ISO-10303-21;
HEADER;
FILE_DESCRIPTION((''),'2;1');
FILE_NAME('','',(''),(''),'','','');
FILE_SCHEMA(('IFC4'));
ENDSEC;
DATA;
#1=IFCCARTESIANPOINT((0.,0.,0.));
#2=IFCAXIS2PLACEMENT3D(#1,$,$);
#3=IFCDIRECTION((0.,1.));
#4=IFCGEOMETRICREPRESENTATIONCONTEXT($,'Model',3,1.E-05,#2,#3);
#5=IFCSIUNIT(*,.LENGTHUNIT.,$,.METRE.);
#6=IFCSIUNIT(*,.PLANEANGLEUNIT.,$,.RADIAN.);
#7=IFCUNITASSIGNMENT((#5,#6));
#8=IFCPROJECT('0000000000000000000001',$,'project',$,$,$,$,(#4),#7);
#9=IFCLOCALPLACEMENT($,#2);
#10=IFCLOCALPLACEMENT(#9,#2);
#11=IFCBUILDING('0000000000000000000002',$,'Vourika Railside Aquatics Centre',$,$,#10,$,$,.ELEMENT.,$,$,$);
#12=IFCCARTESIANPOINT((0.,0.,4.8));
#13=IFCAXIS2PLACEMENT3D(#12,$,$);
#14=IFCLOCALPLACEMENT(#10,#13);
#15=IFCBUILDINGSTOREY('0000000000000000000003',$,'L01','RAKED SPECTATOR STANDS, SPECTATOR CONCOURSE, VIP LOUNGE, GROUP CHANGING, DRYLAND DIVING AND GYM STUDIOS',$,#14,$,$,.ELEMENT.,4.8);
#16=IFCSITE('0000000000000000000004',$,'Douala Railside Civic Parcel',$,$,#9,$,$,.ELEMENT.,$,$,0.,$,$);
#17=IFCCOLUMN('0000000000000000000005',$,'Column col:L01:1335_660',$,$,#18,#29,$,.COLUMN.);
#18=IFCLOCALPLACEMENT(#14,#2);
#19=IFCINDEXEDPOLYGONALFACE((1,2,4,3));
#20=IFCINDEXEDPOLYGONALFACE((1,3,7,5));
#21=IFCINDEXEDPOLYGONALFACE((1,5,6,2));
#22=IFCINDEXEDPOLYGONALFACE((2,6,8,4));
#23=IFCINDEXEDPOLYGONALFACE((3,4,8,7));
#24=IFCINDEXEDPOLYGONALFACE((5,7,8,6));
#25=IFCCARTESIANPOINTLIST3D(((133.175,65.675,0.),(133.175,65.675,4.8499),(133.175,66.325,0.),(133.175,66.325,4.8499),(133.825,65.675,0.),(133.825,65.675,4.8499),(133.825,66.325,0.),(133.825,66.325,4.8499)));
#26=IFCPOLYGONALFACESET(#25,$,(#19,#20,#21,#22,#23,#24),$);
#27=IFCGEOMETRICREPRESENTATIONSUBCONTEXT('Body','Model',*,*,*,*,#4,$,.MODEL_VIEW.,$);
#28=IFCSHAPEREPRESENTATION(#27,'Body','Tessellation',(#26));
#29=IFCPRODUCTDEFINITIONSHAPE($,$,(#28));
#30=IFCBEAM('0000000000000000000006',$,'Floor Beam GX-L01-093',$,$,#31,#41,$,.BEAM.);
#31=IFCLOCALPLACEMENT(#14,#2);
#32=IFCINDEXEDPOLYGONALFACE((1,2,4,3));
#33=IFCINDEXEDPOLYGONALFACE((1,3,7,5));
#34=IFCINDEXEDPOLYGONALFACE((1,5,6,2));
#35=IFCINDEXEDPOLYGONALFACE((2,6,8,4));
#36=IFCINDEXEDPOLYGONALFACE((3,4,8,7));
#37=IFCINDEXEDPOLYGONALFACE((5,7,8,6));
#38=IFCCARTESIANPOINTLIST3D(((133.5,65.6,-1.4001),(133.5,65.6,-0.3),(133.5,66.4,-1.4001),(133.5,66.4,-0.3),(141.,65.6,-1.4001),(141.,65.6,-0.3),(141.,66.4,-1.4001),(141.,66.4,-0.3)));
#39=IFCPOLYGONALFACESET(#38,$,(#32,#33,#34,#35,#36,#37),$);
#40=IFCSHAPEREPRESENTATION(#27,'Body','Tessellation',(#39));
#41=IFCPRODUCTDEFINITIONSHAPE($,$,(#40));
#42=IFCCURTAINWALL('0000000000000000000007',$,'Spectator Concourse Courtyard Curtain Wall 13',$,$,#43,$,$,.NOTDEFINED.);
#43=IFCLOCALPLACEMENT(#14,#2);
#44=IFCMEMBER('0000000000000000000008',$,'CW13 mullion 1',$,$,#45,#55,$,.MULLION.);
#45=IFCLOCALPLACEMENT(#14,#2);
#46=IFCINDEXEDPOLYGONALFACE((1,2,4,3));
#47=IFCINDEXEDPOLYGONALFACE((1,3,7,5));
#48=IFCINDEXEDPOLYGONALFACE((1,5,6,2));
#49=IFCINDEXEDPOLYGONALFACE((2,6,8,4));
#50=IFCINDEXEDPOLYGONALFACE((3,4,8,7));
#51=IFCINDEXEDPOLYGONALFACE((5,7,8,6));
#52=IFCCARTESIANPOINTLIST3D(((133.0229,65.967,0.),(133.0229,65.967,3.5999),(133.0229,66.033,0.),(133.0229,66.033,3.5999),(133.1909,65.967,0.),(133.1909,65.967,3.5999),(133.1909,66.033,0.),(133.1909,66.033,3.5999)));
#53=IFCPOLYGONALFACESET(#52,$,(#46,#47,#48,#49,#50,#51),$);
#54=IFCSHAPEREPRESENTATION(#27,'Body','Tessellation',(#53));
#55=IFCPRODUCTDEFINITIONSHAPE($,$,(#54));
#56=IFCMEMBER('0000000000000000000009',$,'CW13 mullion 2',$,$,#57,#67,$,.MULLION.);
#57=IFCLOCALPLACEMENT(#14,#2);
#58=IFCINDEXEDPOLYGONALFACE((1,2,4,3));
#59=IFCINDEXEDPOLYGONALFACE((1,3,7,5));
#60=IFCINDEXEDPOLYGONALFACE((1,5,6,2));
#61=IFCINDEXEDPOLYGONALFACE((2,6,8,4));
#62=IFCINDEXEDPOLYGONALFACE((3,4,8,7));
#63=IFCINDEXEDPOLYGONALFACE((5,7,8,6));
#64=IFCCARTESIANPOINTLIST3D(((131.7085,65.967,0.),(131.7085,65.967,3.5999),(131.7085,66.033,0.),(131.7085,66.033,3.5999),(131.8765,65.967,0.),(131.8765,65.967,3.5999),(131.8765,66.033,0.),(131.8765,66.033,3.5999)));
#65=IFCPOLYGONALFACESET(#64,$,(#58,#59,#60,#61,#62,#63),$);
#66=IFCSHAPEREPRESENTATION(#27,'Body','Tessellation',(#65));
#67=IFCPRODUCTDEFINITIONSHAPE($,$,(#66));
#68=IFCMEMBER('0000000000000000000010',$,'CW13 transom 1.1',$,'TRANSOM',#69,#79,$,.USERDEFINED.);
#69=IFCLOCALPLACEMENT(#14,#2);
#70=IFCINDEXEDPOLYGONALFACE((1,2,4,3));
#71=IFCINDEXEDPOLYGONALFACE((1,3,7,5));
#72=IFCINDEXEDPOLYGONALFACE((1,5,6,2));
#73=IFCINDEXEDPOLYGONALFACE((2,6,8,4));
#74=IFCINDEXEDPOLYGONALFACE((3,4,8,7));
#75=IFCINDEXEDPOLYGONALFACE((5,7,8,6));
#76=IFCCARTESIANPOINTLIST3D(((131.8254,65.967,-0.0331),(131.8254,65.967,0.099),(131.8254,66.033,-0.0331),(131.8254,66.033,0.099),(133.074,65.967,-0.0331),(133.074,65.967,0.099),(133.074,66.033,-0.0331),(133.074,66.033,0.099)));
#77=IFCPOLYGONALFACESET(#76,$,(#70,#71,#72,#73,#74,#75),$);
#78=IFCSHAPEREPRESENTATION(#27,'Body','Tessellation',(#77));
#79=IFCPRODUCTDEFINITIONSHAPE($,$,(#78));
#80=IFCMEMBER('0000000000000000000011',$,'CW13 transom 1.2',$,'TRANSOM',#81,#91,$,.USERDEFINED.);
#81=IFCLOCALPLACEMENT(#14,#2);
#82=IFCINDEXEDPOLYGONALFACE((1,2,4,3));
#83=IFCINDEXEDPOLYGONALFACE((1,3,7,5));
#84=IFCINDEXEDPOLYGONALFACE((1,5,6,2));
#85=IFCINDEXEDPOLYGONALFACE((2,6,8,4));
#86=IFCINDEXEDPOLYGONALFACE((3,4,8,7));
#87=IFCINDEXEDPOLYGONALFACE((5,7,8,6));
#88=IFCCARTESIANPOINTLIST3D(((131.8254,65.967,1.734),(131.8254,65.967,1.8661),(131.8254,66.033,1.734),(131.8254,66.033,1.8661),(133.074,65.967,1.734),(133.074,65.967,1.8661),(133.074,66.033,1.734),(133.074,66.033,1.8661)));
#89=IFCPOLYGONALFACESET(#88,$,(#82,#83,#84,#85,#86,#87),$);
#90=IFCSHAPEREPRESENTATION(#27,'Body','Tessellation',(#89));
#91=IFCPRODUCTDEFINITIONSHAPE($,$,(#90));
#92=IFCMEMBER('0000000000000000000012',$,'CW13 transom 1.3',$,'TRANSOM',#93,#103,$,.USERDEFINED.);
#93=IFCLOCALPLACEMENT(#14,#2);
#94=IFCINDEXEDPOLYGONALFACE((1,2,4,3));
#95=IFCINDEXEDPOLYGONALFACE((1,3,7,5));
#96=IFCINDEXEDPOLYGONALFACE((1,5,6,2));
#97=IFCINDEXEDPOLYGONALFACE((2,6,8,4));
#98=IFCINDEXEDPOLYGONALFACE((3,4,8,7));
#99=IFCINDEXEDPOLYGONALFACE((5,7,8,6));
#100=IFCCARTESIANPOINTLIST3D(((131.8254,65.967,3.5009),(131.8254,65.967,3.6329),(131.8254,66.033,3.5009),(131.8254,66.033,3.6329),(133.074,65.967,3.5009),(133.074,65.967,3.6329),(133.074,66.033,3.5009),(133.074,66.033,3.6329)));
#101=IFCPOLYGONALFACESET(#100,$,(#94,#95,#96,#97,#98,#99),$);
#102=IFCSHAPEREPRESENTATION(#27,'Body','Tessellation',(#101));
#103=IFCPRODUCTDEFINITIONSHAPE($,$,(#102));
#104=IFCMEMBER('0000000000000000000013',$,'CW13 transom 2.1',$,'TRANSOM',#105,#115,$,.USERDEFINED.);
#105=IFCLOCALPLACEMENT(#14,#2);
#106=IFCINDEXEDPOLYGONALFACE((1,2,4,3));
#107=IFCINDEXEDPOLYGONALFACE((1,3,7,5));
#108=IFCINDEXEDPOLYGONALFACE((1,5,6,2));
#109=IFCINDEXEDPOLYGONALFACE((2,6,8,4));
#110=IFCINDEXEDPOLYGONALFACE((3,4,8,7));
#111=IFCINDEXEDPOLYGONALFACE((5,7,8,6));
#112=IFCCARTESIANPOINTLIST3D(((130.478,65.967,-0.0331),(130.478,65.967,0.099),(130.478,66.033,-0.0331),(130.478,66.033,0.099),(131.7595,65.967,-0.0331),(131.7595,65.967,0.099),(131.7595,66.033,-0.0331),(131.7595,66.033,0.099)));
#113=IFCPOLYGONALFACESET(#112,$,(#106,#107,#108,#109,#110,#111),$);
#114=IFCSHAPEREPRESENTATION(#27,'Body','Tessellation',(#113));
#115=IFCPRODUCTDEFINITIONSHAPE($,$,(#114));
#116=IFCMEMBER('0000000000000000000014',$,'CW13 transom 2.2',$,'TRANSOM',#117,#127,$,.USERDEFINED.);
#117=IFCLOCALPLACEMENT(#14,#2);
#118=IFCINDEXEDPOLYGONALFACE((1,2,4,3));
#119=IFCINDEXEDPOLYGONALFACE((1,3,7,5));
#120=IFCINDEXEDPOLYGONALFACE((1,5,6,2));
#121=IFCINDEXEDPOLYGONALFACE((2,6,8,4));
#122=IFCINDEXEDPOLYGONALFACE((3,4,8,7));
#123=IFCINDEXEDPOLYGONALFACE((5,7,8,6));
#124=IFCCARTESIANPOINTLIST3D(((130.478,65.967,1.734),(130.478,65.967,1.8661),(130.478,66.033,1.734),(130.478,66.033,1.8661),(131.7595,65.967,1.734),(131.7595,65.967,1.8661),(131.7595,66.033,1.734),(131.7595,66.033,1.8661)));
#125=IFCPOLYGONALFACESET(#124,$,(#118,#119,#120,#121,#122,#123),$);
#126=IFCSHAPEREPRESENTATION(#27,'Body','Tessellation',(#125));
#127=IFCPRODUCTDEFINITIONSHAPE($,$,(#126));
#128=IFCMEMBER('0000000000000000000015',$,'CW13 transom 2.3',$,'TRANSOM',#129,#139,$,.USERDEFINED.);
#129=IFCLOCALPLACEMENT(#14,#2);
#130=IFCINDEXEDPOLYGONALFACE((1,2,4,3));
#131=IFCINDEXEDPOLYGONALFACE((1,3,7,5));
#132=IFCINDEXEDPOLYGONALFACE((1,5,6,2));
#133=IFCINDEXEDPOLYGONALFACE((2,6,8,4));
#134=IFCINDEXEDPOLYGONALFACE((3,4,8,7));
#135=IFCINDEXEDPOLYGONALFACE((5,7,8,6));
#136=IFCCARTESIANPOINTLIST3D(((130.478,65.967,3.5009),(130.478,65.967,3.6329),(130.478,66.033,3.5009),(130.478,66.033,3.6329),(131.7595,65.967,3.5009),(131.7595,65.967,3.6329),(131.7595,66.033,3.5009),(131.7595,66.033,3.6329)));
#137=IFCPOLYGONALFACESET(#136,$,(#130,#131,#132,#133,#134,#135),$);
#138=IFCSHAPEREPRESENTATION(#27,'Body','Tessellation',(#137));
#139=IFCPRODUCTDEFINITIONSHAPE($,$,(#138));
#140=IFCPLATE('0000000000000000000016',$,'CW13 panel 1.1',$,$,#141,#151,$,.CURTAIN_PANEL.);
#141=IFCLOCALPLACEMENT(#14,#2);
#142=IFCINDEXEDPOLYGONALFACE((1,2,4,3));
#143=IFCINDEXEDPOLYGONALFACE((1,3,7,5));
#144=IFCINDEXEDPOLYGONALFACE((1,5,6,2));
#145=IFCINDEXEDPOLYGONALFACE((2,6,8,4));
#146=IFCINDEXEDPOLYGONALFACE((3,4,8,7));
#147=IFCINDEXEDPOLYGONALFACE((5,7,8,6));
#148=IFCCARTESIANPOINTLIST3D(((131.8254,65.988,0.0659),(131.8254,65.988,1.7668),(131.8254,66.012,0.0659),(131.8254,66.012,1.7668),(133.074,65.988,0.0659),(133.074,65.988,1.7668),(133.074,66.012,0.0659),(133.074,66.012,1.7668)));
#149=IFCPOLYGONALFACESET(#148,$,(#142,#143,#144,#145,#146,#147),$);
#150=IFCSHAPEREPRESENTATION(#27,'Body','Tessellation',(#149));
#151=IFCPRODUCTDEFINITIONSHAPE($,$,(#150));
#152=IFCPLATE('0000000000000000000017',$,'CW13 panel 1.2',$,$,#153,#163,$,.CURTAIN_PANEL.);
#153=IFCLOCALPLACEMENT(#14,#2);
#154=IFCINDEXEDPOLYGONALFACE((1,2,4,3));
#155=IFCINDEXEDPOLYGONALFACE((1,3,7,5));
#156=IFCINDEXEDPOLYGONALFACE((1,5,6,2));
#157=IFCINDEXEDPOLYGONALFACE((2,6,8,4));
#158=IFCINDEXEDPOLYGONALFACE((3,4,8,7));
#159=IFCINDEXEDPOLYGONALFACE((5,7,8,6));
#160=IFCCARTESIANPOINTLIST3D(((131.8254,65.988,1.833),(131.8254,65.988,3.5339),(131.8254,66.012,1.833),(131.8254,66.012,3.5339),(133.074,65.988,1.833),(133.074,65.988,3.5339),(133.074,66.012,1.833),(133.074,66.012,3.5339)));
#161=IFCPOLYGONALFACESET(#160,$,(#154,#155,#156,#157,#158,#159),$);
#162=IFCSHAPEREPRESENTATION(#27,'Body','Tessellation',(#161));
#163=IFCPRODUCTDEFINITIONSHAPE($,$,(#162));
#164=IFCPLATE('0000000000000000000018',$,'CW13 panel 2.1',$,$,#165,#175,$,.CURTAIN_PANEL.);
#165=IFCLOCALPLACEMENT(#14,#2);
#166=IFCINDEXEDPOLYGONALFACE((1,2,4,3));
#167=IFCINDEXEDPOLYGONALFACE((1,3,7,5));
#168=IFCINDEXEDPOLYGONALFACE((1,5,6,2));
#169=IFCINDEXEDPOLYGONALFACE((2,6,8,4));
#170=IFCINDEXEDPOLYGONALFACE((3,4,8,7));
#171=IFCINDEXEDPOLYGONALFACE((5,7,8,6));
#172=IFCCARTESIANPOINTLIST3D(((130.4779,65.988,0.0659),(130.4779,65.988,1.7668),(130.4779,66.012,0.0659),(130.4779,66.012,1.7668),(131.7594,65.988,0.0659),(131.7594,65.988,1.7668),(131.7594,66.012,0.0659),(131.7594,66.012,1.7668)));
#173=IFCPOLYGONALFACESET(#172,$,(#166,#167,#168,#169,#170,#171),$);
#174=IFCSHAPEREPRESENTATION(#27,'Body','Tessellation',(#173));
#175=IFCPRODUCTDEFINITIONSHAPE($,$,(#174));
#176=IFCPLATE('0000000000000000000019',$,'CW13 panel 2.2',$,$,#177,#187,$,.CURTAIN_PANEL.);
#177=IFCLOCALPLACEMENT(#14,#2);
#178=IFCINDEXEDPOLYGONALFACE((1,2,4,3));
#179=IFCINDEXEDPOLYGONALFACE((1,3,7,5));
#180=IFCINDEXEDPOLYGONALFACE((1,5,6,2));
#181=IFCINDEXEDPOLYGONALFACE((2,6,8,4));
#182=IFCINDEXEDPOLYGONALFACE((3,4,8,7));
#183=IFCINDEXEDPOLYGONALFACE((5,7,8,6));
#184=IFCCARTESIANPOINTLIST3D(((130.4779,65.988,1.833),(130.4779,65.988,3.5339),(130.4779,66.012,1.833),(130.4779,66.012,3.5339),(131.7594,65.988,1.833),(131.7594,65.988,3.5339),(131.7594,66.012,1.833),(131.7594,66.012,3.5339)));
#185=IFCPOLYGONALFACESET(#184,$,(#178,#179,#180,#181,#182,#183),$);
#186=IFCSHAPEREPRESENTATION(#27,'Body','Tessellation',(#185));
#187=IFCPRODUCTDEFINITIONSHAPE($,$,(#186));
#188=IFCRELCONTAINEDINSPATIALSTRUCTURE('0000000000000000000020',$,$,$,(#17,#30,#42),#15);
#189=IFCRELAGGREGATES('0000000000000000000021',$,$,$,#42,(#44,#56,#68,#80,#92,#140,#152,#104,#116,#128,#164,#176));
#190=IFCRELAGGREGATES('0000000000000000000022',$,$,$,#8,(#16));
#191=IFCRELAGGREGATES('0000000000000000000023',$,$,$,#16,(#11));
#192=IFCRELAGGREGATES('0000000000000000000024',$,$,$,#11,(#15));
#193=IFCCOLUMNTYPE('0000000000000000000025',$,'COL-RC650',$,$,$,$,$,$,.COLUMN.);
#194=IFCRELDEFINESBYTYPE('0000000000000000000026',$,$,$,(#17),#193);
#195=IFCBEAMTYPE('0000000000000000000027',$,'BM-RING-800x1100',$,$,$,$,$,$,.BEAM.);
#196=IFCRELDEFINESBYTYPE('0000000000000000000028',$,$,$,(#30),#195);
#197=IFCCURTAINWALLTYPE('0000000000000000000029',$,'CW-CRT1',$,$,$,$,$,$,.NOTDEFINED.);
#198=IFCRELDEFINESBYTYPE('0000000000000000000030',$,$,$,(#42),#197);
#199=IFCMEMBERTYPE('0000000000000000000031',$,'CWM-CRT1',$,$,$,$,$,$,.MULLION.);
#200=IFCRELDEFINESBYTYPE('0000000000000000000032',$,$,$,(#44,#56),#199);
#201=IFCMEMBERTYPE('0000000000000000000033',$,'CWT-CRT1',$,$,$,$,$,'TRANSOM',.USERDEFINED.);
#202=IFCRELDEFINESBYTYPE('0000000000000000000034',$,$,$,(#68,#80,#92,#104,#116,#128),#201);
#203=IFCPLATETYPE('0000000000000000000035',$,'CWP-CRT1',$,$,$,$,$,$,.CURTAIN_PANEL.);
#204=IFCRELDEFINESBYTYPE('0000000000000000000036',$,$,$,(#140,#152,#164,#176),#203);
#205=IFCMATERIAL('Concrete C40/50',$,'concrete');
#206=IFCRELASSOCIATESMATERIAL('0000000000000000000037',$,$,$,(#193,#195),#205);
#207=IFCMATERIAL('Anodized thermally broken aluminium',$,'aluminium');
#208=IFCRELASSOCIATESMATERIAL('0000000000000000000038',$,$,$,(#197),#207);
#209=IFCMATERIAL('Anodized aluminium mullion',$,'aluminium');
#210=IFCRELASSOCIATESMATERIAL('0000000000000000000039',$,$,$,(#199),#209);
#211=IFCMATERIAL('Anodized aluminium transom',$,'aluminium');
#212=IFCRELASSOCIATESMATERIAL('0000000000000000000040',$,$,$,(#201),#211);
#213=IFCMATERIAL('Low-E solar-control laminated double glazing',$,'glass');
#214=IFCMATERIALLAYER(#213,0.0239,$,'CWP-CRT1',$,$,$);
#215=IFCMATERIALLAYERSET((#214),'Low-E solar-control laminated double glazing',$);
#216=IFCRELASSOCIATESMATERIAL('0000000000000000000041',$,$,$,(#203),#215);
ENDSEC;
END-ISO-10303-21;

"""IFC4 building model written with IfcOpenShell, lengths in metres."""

from ifc_helpers import new_model, si_unit, direction, frame, origin, origin_2d, place, context, subcontext, project, spatial, rectangle, extrude, material, layer, layer_set, material_profile, profile_set, type_object, element, aggregate, save


model = new_model("IFC4")

# Units and contexts
model_context = context("Model", 3, precision=1e-05, world=origin(), true_north=direction((0.0, 1.0)))
body_context = subcontext(model_context, "Body", "Model", "MODEL_VIEW")
ifc_project = project(units=[si_unit("LENGTHUNIT", "METRE"), si_unit("PLANEANGLEUNIT", "RADIAN")], contexts=[model_context])

# Site, building, storey
site_placement = place(None, origin())
site = spatial("IfcSite", under=ifc_project, at=site_placement, Name="Douala Railside Civic Parcel", CompositionType="ELEMENT", RefElevation=0.0)
building_placement = place(site_placement, origin())
building = spatial("IfcBuilding", under=site, at=building_placement, Name="Vourika Railside Aquatics Centre", CompositionType="ELEMENT")
storey_placement = place(building_placement, frame((0.0, 0.0, 4.8)))
storey = spatial("IfcBuildingStorey", under=building, at=storey_placement, Name="L01", Description="RAKED SPECTATOR STANDS, SPECTATOR CONCOURSE, VIP LOUNGE, GROUP CHANGING, DRYLAND DIVING AND GYM STUDIOS", CompositionType="ELEMENT", Elevation=4.8)

# Column
ifc_material_1 = material(Name="Concrete C40/50", Category="concrete")
ifc_material_profile_1 = material_profile(ifc_material_1, rectangle(XDim=0.6499, YDim=0.6499, at=origin_2d()), Name="RC 650x650")
ifc_profile_set_1 = profile_set([ifc_material_profile_1], Name="Concrete C40/50")
column_type = type_object("IfcColumnType", Name="COL-RC650", PredefinedType="COLUMN", material=ifc_profile_set_1)
column_placement = place(storey_placement, frame((133.5, 66.0, 0.0), z_axis=(0.0, 0.0, 1.0), x_axis=(1.0, 0.0, 0.0)))
element("IfcColumn", 1, at=column_placement, inside=storey, type_object=column_type, Name="Column col:L01:1335_660", PredefinedType="COLUMN", context=body_context, shape_type="SweptSolid", body=[
    extrude(rectangle(XDim=0.6499, YDim=0.6499, at=origin_2d()), origin(), (0.0, 0.0, 1.0), 4.8499),
])

# Beam
ifc_material_profile_2 = material_profile(ifc_material_1, rectangle(XDim=0.8, YDim=1.1001, at=origin_2d()), Name="RC 800x1100")
ifc_profile_set_2 = profile_set([ifc_material_profile_2], Name="Concrete C40/50")
beam_type = type_object("IfcBeamType", Name="BM-RING-800x1100", PredefinedType="BEAM", material=ifc_profile_set_2)
beam_placement = place(storey_placement, frame((133.5, 66.0, -0.8501), z_axis=(1.0, 0.0, 0.0), x_axis=(0.0, 1.0, 0.0)))
element("IfcBeam", 2, at=beam_placement, inside=storey, type_object=beam_type, Name="Floor Beam GX-L01-093", PredefinedType="BEAM", context=body_context, shape_type="SweptSolid", body=[
    extrude(rectangle(XDim=0.8, YDim=1.1001, at=origin_2d()), origin(), (0.0, 0.0, 1.0), 7.5),
])

# Curtain wall, members, plates
ifc_material_2 = material(Name="Anodized thermally broken aluminium", Category="aluminium")
curtain_wall_type_1 = type_object("IfcCurtainWallType", Name="CW-CRT1", PredefinedType="NOTDEFINED", material=ifc_material_2)
curtain_wall_1_placement = place(storey_placement, origin())
curtain_wall_1 = element("IfcCurtainWall", 3, at=curtain_wall_1_placement, inside=storey, type_object=curtain_wall_type_1, Name="Spectator Concourse Courtyard Curtain Wall 13", PredefinedType="NOTDEFINED")
ifc_material_3 = material(Name="Anodized aluminium mullion", Category="aluminium")
ifc_material_profile_3 = material_profile(ifc_material_3, rectangle(XDim=0.0659, YDim=0.168, at=origin_2d()), Name="ALU-M 66x168")
ifc_profile_set_3 = profile_set([ifc_material_profile_3], Name="Anodized aluminium mullion")
member_type_1 = type_object("IfcMemberType", Name="CWM-CRT1", PredefinedType="MULLION", material=ifc_profile_set_3)
member_1_placement = place(storey_placement, frame((133.1069, 66.0, 0.0), z_axis=(0.0, 0.0, 1.0), x_axis=(0.0, -1.0, 0.0)))
member_1 = element("IfcMember", 4, at=member_1_placement, type_object=member_type_1, Name="CW13 mullion 1", PredefinedType="MULLION", context=body_context, shape_type="SweptSolid", body=[
    extrude(rectangle(XDim=0.0659, YDim=0.168, at=origin_2d()), origin(), (0.0, 0.0, 1.0), 3.5999),
])
member_2_placement = place(storey_placement, frame((131.7925, 66.0, 0.0), z_axis=(0.0, 0.0, 1.0), x_axis=(0.0, -1.0, 0.0)))
member_2 = element("IfcMember", 5, at=member_2_placement, type_object=member_type_1, Name="CW13 mullion 2", PredefinedType="MULLION", context=body_context, shape_type="SweptSolid", body=[
    extrude(rectangle(XDim=0.0659, YDim=0.168, at=origin_2d()), origin(), (0.0, 0.0, 1.0), 3.5999),
])
ifc_material_4 = material(Name="Anodized aluminium transom", Category="aluminium")
ifc_material_profile_4 = material_profile(ifc_material_4, rectangle(XDim=0.0659, YDim=0.1321, at=origin_2d()), Name="ALU-T 66x132")
ifc_profile_set_4 = profile_set([ifc_material_profile_4], Name="Anodized aluminium transom")
member_type_2 = type_object("IfcMemberType", Name="CWT-CRT1", ElementType="TRANSOM", PredefinedType="USERDEFINED", material=ifc_profile_set_4)
member_3_placement = place(storey_placement, frame((133.074, 66.0, 0.033), z_axis=(-1.0, 0.0, 0.0), x_axis=(0.0, -1.0, 0.0)))
member_3 = element("IfcMember", 6, at=member_3_placement, type_object=member_type_2, Name="CW13 transom 1.1", ObjectType="TRANSOM", PredefinedType="USERDEFINED", context=body_context, shape_type="SweptSolid", body=[
    extrude(rectangle(XDim=0.0659, YDim=0.1321, at=origin_2d()), origin(), (0.0, 0.0, 1.0), 1.2485),
])
member_4_placement = place(storey_placement, frame((133.074, 66.0, 1.8), z_axis=(-1.0, 0.0, 0.0), x_axis=(0.0, -1.0, 0.0)))
member_4 = element("IfcMember", 7, at=member_4_placement, type_object=member_type_2, Name="CW13 transom 1.2", ObjectType="TRANSOM", PredefinedType="USERDEFINED", context=body_context, shape_type="SweptSolid", body=[
    extrude(rectangle(XDim=0.0659, YDim=0.1321, at=origin_2d()), origin(), (0.0, 0.0, 1.0), 1.2485),
])
member_5_placement = place(storey_placement, frame((133.074, 66.0, 3.5669), z_axis=(-1.0, 0.0, 0.0), x_axis=(0.0, -1.0, 0.0)))
member_5 = element("IfcMember", 8, at=member_5_placement, type_object=member_type_2, Name="CW13 transom 1.3", ObjectType="TRANSOM", PredefinedType="USERDEFINED", context=body_context, shape_type="SweptSolid", body=[
    extrude(rectangle(XDim=0.0659, YDim=0.1321, at=origin_2d()), origin(), (0.0, 0.0, 1.0), 1.2485),
])
member_6_placement = place(storey_placement, frame((131.7595, 66.0, 0.033), z_axis=(-1.0, 0.0, 0.0), x_axis=(0.0, -1.0, 0.0)))
member_6 = element("IfcMember", 9, at=member_6_placement, type_object=member_type_2, Name="CW13 transom 2.1", ObjectType="TRANSOM", PredefinedType="USERDEFINED", context=body_context, shape_type="SweptSolid", body=[
    extrude(rectangle(XDim=0.0659, YDim=0.1321, at=origin_2d()), origin(), (0.0, 0.0, 1.0), 1.2815),
])
member_7_placement = place(storey_placement, frame((131.7595, 66.0, 1.8), z_axis=(-1.0, 0.0, 0.0), x_axis=(0.0, -1.0, 0.0)))
member_7 = element("IfcMember", 10, at=member_7_placement, type_object=member_type_2, Name="CW13 transom 2.2", ObjectType="TRANSOM", PredefinedType="USERDEFINED", context=body_context, shape_type="SweptSolid", body=[
    extrude(rectangle(XDim=0.0659, YDim=0.1321, at=origin_2d()), origin(), (0.0, 0.0, 1.0), 1.2815),
])
member_8_placement = place(storey_placement, frame((131.7595, 66.0, 3.5669), z_axis=(-1.0, 0.0, 0.0), x_axis=(0.0, -1.0, 0.0)))
member_8 = element("IfcMember", 11, at=member_8_placement, type_object=member_type_2, Name="CW13 transom 2.3", ObjectType="TRANSOM", PredefinedType="USERDEFINED", context=body_context, shape_type="SweptSolid", body=[
    extrude(rectangle(XDim=0.0659, YDim=0.1321, at=origin_2d()), origin(), (0.0, 0.0, 1.0), 1.2815),
])
ifc_material_5 = material(Name="Low-E solar-control laminated double glazing", Category="glass")
ifc_layer_1 = layer(ifc_material_5, 0.0239, Name="CWP-CRT1")
ifc_layer_set_1 = layer_set([ifc_layer_1], Name="Low-E solar-control laminated double glazing")
plate_type_1 = type_object("IfcPlateType", Name="CWP-CRT1", PredefinedType="CURTAIN_PANEL", material=ifc_layer_set_1)
plate_1_placement = place(storey_placement, frame((132.4497, 66.0, 0.0659), z_axis=(0.0, 0.0, 1.0), x_axis=(-1.0, 0.0, 0.0)))
plate_1 = element("IfcPlate", 12, at=plate_1_placement, type_object=plate_type_1, Name="CW13 panel 1.1", PredefinedType="CURTAIN_PANEL", context=body_context, shape_type="SweptSolid", body=[
    extrude(rectangle(XDim=1.2485, YDim=0.0239, at=origin_2d()), origin(), (0.0, 0.0, 1.0), 1.7009),
])
plate_2_placement = place(storey_placement, frame((132.4497, 66.0, 1.833), z_axis=(0.0, 0.0, 1.0), x_axis=(-1.0, 0.0, 0.0)))
plate_2 = element("IfcPlate", 13, at=plate_2_placement, type_object=plate_type_1, Name="CW13 panel 1.2", PredefinedType="CURTAIN_PANEL", context=body_context, shape_type="SweptSolid", body=[
    extrude(rectangle(XDim=1.2485, YDim=0.0239, at=origin_2d()), origin(), (0.0, 0.0, 1.0), 1.7009),
])
plate_3_placement = place(storey_placement, frame((131.1187, 66.0, 0.0659), z_axis=(0.0, 0.0, 1.0), x_axis=(-1.0, 0.0, 0.0)))
plate_3 = element("IfcPlate", 14, at=plate_3_placement, type_object=plate_type_1, Name="CW13 panel 2.1", PredefinedType="CURTAIN_PANEL", context=body_context, shape_type="SweptSolid", body=[
    extrude(rectangle(XDim=1.2815, YDim=0.0239, at=origin_2d()), origin(), (0.0, 0.0, 1.0), 1.7009),
])
plate_4_placement = place(storey_placement, frame((131.1187, 66.0, 1.833), z_axis=(0.0, 0.0, 1.0), x_axis=(-1.0, 0.0, 0.0)))
plate_4 = element("IfcPlate", 15, at=plate_4_placement, type_object=plate_type_1, Name="CW13 panel 2.2", PredefinedType="CURTAIN_PANEL", context=body_context, shape_type="SweptSolid", body=[
    extrude(rectangle(XDim=1.2815, YDim=0.0239, at=origin_2d()), origin(), (0.0, 0.0, 1.0), 1.7009),
])
aggregate(curtain_wall_1, [member_1, member_2, member_3, member_4, member_5, plate_1, plate_2, member_6, member_7, member_8, plate_3, plate_4])

save(model, "model.ifc")
